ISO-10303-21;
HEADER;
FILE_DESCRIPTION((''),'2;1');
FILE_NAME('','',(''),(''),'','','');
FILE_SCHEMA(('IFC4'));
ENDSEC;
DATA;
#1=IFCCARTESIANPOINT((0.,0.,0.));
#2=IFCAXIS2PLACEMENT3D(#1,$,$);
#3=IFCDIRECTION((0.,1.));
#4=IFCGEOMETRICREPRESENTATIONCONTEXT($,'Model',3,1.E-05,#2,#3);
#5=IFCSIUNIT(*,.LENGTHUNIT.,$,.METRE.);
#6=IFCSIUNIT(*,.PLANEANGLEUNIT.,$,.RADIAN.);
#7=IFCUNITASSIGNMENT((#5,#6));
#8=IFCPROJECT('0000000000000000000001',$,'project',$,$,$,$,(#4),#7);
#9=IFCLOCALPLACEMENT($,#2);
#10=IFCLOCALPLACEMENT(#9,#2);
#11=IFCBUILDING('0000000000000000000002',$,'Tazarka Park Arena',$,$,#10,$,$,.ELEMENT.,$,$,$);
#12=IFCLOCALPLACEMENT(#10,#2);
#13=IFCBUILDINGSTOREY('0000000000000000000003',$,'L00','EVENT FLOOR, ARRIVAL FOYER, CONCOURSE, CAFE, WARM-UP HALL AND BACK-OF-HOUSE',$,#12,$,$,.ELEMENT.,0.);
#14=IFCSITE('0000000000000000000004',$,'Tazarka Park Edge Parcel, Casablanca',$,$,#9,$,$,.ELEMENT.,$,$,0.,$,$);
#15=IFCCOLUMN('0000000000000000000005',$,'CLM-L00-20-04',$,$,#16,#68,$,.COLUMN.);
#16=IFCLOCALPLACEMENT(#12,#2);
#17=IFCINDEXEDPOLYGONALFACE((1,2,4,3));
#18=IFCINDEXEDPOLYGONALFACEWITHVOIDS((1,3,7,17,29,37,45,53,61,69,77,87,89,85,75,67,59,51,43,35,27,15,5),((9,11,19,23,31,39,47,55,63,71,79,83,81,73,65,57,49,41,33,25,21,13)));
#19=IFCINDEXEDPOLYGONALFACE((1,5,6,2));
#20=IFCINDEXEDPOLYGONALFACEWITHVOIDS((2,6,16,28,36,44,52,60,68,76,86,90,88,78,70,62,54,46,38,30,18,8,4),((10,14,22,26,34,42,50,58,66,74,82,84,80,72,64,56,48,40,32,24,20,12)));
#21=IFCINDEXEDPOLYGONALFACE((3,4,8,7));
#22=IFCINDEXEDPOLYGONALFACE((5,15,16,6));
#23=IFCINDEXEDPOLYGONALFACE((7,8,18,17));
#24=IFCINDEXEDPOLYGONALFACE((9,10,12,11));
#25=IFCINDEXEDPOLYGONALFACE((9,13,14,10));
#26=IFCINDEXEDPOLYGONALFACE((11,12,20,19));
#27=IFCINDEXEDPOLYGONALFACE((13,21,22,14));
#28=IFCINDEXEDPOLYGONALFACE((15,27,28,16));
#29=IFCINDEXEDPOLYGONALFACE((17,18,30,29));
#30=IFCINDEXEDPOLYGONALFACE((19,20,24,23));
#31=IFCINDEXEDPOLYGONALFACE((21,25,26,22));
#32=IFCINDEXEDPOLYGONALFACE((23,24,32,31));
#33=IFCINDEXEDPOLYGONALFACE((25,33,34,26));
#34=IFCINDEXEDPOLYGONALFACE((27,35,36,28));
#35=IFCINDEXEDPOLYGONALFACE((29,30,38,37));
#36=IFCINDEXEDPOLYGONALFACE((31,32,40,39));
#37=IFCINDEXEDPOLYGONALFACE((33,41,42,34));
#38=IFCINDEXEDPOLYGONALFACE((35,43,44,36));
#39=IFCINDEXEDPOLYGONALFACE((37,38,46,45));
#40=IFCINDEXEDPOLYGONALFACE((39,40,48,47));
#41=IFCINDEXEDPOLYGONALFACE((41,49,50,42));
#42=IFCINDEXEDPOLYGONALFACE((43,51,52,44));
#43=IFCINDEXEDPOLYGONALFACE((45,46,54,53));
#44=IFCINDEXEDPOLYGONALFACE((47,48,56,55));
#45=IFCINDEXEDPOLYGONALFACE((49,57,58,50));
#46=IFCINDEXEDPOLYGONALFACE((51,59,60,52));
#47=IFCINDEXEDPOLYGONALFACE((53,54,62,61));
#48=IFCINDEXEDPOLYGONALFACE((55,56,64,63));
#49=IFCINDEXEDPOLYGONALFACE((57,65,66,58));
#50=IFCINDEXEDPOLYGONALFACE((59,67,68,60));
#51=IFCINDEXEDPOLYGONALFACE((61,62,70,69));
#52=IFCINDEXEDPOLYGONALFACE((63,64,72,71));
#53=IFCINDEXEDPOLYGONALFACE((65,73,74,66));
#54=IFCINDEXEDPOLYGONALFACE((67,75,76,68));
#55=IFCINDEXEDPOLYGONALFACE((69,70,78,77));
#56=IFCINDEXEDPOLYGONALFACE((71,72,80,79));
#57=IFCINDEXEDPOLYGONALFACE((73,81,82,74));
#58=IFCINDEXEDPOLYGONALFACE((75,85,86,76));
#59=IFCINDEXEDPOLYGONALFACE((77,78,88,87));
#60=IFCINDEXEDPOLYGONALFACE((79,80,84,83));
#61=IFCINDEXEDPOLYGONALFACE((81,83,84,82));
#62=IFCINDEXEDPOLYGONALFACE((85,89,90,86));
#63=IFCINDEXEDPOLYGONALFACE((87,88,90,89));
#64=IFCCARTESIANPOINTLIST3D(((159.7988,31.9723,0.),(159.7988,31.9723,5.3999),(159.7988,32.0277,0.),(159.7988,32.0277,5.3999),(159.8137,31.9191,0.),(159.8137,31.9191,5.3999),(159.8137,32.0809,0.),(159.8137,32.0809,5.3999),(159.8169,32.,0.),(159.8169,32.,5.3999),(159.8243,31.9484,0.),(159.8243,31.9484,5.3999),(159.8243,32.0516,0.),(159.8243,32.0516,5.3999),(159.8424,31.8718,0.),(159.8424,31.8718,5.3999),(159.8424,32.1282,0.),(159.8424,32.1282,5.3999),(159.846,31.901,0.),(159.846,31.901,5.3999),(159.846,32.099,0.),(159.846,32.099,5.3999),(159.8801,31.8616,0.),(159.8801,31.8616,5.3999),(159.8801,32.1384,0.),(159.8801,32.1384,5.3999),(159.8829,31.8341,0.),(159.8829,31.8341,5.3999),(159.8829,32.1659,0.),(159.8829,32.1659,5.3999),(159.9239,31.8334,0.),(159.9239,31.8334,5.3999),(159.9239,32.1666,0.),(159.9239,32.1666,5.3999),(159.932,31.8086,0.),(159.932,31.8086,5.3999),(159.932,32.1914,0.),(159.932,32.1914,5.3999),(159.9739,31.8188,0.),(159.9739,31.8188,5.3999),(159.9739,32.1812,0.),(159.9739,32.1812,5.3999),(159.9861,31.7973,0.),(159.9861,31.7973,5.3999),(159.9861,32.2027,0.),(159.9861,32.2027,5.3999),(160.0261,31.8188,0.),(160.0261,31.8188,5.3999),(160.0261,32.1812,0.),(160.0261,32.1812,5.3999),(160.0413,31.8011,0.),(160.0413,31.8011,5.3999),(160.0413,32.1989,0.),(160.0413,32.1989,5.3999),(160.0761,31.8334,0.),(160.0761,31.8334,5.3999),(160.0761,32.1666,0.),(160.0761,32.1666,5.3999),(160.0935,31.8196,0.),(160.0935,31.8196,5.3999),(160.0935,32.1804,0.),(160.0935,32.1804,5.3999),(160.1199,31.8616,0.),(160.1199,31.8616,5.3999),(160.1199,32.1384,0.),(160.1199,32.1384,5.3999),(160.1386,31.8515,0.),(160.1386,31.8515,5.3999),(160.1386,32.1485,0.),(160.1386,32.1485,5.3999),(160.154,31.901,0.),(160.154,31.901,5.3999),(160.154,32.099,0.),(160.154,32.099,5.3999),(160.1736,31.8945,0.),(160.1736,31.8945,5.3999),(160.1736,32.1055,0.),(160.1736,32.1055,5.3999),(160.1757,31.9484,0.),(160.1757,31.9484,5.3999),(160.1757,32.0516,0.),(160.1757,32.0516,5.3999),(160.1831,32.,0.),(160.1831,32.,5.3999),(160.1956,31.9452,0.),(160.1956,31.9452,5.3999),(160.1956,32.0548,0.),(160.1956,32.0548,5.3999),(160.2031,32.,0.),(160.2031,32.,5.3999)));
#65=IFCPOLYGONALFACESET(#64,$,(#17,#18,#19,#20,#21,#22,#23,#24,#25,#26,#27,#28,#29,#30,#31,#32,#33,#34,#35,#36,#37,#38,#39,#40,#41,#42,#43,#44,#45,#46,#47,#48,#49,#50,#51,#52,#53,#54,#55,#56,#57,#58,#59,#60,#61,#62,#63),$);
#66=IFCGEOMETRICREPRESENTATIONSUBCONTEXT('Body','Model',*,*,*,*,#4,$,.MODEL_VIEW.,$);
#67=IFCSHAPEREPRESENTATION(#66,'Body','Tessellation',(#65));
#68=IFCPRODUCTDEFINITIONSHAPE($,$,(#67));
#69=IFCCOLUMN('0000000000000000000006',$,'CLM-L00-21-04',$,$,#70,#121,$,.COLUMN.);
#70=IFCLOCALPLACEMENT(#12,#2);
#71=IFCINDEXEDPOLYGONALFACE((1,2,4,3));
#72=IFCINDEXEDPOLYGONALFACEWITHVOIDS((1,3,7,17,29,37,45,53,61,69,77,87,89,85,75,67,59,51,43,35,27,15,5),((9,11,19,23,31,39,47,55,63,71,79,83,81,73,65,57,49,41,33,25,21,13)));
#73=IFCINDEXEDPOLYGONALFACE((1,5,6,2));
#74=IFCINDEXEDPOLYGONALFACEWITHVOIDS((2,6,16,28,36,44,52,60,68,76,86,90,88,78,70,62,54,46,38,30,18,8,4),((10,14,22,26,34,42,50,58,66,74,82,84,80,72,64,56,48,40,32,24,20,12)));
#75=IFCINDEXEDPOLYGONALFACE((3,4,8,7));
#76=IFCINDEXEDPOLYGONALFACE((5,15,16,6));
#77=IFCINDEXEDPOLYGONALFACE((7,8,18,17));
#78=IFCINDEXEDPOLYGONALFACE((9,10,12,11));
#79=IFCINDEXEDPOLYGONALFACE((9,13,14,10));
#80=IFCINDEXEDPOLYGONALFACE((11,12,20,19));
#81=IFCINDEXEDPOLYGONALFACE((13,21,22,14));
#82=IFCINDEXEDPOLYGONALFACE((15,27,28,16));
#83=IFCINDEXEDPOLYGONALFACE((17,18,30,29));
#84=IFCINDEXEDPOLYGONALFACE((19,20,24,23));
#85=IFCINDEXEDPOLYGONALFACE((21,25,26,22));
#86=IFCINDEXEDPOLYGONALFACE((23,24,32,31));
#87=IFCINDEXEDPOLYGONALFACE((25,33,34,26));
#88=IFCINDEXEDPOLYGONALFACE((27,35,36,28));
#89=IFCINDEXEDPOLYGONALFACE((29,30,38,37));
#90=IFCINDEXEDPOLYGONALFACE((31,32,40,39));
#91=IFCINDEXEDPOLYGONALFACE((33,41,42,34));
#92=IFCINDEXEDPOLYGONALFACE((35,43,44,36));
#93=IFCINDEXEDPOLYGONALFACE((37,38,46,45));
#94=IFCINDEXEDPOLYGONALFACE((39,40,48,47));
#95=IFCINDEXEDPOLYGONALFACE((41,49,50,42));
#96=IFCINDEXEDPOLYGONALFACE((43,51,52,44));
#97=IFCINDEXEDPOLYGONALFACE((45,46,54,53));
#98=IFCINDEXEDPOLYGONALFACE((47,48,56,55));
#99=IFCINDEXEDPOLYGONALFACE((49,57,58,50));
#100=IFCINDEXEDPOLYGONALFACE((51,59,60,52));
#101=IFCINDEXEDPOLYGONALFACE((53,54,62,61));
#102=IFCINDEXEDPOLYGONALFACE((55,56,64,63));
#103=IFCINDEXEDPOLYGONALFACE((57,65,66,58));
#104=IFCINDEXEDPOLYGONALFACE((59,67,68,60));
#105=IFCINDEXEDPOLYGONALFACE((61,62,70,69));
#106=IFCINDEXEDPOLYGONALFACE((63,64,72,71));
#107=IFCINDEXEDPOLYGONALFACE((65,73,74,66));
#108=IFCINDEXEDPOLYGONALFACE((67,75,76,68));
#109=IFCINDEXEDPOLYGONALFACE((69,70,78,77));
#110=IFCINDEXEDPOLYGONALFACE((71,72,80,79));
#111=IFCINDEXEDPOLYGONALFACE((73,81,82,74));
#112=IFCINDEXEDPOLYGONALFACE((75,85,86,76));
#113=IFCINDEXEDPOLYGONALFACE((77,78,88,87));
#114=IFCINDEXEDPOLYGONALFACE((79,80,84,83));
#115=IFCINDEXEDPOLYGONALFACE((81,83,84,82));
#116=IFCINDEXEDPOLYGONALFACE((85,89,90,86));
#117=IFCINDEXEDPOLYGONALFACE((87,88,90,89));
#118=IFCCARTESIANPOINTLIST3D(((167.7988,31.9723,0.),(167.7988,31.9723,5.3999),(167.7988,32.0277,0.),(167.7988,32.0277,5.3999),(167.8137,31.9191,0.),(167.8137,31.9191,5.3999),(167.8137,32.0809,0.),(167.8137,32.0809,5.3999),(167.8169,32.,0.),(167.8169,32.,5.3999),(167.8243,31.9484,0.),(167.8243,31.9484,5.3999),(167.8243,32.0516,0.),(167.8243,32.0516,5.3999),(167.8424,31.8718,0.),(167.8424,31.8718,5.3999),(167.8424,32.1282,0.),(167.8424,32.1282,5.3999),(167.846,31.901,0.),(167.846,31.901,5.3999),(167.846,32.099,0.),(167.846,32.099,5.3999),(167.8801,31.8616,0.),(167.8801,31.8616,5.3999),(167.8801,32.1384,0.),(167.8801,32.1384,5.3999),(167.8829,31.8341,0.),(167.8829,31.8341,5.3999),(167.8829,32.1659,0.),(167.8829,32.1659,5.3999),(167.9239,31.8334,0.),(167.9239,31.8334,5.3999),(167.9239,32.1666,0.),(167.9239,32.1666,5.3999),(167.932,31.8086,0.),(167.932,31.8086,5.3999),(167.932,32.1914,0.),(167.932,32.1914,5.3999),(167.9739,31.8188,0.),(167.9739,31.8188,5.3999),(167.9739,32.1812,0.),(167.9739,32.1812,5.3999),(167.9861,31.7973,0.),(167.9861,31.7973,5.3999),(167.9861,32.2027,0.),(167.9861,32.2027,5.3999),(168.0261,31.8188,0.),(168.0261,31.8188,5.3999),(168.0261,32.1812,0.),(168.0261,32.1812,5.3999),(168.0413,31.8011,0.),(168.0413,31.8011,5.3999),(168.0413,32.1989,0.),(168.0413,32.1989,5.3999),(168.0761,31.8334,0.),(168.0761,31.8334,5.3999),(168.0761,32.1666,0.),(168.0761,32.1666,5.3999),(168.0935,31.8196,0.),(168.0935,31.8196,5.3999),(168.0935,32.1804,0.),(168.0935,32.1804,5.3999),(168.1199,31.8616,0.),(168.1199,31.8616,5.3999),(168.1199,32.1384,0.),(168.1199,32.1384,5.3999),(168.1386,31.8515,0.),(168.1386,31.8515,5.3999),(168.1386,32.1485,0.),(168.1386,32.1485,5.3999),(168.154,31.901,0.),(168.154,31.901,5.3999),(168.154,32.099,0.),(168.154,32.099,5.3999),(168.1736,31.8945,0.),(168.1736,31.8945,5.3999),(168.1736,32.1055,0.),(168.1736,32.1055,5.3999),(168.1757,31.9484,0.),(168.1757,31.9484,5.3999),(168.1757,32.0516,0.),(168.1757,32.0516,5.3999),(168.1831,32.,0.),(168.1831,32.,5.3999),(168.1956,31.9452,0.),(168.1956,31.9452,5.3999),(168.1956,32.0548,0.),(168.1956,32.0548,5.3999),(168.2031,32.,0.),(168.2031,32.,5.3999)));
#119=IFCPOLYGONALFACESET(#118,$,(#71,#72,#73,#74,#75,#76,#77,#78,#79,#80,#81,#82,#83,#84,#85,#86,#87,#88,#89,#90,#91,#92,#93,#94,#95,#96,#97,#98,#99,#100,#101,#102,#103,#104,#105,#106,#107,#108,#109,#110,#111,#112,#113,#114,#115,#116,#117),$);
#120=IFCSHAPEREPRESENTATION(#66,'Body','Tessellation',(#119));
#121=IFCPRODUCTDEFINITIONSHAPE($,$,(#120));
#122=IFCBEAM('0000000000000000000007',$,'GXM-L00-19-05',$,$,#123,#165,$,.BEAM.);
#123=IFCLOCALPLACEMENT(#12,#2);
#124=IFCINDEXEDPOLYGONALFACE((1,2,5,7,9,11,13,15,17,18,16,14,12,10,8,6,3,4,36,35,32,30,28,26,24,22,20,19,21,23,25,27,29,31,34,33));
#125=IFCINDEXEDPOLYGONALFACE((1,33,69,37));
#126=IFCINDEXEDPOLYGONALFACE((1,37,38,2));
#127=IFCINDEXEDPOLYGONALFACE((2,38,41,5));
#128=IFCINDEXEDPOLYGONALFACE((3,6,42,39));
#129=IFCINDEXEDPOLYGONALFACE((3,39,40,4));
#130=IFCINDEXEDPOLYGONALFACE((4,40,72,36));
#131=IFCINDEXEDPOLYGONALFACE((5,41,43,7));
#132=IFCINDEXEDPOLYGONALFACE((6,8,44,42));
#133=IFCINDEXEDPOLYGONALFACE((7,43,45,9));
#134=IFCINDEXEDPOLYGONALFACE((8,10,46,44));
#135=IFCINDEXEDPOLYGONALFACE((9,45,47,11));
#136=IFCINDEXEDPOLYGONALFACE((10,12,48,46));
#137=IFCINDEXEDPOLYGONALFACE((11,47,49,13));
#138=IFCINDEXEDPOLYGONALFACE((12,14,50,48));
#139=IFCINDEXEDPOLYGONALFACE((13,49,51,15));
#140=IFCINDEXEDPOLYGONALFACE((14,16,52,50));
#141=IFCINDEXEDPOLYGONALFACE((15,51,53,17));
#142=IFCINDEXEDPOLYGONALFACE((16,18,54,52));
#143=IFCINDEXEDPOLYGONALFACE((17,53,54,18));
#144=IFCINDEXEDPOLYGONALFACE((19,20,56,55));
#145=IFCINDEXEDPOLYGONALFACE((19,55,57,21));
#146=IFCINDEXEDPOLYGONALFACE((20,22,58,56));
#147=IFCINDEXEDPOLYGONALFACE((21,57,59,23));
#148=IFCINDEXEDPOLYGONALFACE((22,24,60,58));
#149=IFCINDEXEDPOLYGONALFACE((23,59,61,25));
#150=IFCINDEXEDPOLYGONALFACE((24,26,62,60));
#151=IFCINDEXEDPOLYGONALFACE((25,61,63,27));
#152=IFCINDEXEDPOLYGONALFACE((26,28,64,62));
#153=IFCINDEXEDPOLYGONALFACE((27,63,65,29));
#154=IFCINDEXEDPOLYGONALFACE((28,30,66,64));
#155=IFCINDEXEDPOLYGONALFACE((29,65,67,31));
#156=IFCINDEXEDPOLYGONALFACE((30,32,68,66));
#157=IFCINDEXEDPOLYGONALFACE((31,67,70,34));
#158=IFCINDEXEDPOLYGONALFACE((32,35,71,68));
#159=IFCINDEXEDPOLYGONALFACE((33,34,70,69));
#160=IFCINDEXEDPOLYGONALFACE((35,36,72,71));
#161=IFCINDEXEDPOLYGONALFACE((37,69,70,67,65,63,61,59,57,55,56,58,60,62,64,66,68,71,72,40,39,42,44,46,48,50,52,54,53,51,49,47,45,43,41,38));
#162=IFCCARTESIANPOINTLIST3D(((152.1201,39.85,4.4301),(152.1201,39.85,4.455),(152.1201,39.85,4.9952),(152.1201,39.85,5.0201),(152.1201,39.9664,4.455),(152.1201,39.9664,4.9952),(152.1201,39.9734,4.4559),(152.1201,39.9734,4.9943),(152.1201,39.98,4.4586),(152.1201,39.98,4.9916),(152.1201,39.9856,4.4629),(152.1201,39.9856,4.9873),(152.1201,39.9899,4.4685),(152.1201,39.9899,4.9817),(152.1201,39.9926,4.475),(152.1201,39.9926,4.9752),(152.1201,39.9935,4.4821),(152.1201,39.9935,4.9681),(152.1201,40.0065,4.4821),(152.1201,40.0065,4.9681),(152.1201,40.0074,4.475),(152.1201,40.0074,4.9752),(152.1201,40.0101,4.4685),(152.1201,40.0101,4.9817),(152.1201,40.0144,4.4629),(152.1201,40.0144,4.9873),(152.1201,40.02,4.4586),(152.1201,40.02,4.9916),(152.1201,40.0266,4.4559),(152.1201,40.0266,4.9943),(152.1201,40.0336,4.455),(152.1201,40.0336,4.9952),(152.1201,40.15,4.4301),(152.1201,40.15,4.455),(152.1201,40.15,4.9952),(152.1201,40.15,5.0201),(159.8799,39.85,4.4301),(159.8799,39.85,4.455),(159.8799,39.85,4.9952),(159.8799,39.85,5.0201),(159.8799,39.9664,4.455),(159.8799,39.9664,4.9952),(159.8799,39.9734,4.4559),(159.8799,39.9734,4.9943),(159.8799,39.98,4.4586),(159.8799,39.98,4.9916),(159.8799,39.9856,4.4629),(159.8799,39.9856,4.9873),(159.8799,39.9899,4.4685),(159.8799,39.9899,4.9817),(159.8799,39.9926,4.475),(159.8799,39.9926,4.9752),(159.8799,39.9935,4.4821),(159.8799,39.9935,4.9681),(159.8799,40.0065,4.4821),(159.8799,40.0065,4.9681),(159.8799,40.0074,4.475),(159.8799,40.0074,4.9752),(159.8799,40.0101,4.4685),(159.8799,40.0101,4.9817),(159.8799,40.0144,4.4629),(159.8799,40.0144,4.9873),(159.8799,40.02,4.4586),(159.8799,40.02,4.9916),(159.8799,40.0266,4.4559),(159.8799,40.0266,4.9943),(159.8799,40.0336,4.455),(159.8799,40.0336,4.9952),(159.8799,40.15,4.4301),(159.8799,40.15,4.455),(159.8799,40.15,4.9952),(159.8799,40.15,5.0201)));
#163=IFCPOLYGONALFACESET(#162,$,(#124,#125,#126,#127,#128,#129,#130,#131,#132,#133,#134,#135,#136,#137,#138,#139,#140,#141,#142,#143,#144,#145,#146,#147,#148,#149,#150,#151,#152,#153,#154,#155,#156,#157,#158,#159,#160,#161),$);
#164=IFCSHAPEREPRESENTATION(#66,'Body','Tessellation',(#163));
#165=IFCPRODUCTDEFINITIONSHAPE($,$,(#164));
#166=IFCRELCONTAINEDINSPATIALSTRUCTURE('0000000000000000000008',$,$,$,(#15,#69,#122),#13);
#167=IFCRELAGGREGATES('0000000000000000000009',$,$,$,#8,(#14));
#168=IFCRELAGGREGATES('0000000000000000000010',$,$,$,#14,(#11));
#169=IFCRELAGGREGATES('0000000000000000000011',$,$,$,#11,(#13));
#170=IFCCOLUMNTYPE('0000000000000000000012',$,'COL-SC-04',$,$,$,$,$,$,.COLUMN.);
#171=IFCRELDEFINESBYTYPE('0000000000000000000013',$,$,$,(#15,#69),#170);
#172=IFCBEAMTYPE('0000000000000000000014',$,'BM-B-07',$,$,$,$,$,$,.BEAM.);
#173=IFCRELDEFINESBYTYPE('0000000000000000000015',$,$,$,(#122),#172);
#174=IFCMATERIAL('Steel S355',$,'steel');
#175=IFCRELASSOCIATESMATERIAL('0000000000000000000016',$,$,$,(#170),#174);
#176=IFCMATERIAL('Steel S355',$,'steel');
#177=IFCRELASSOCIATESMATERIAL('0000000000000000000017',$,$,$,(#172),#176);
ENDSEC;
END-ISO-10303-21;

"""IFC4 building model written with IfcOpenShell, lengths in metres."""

from ifc_helpers import new_model, si_unit, direction, frame, origin, origin_2d, place, context, subcontext, project, spatial, hollow_circle, i_section, extrude, material, material_profile, profile_set, type_object, element, save


model = new_model("IFC4")

# Units and contexts
model_context = context("Model", 3, precision=1e-05, world=origin(), true_north=direction((0.0, 1.0)))
body_context = subcontext(model_context, "Body", "Model", "MODEL_VIEW")
ifc_project = project(units=[si_unit("LENGTHUNIT", "METRE"), si_unit("PLANEANGLEUNIT", "RADIAN")], contexts=[model_context])

# Site, building, storey
site_placement = place(None, origin())
site = spatial("IfcSite", under=ifc_project, at=site_placement, Name="Tazarka Park Edge Parcel, Casablanca", CompositionType="ELEMENT", RefElevation=0.0)
building_placement = place(site_placement, origin())
building = spatial("IfcBuilding", under=site, at=building_placement, Name="Tazarka Park Arena", CompositionType="ELEMENT")
storey_placement = place(building_placement, origin())
storey = spatial("IfcBuildingStorey", under=building, at=storey_placement, Name="L00", Description="EVENT FLOOR, ARRIVAL FOYER, CONCOURSE, CAFE, WARM-UP HALL AND BACK-OF-HOUSE", CompositionType="ELEMENT", Elevation=0.0)

# Columns
ifc_material_1 = material(Name="Steel S355", Category="steel")
ifc_material_profile_1 = material_profile(ifc_material_1, hollow_circle(Radius=0.2031, WallThickness=0.02, at=origin_2d()), Name="Steel S355")
ifc_profile_set_1 = profile_set([ifc_material_profile_1], Name="Steel S355")
column_type_1 = type_object("IfcColumnType", Name="COL-SC-04", PredefinedType="COLUMN", material=ifc_profile_set_1)
for number, where, z_axis, x_axis, name in (
    (1, (160.0, 32.0, 0.0), (0.0, 0.0, 1.0), (1.0, 0.0, 0.0), "CLM-L00-20-04"),
    (2, (168.0, 32.0, 0.0), (0.0, 0.0, 1.0), (1.0, 0.0, 0.0), "CLM-L00-21-04"),
):
    element("IfcColumn", number, at=place(storey_placement, frame(where, z_axis=z_axis, x_axis=x_axis)), inside=storey, type_object=column_type_1, Name=name, PredefinedType="COLUMN", context=body_context, shape_type="SweptSolid", body=[
        extrude(hollow_circle(Radius=0.2031, WallThickness=0.02, at=origin_2d()), origin(), (0.0, 0.0, 1.0), 5.3999),
    ])

# Beam
ifc_material_2 = material(Name="Steel S355", Category="steel")
ifc_material_profile_2 = material_profile(ifc_material_2, i_section(OverallWidth=0.3, OverallDepth=0.5901, WebThickness=0.0129, FlangeThickness=0.0249, FilletRadius=0.0271, at=origin_2d()), Name="Steel S355")
ifc_profile_set_2 = profile_set([ifc_material_profile_2], Name="Steel S355")
beam_type_1 = type_object("IfcBeamType", Name="BM-B-07", PredefinedType="BEAM", material=ifc_profile_set_2)
for number, where, z_axis, x_axis, name in (
    (3, (152.1201, 40.0, 4.7251), (1.0, 0.0, 0.0), (0.0, 1.0, 0.0), "GXM-L00-19-05"),
):
    element("IfcBeam", number, at=place(storey_placement, frame(where, z_axis=z_axis, x_axis=x_axis)), inside=storey, type_object=beam_type_1, Name=name, PredefinedType="BEAM", context=body_context, shape_type="SweptSolid", body=[
        extrude(i_section(OverallWidth=0.3, OverallDepth=0.5901, WebThickness=0.0129, FlangeThickness=0.0249, FilletRadius=0.0271, at=origin_2d()), origin(), (0.0, 0.0, 1.0), 7.7598),
    ])

save(model, "model.ifc")
